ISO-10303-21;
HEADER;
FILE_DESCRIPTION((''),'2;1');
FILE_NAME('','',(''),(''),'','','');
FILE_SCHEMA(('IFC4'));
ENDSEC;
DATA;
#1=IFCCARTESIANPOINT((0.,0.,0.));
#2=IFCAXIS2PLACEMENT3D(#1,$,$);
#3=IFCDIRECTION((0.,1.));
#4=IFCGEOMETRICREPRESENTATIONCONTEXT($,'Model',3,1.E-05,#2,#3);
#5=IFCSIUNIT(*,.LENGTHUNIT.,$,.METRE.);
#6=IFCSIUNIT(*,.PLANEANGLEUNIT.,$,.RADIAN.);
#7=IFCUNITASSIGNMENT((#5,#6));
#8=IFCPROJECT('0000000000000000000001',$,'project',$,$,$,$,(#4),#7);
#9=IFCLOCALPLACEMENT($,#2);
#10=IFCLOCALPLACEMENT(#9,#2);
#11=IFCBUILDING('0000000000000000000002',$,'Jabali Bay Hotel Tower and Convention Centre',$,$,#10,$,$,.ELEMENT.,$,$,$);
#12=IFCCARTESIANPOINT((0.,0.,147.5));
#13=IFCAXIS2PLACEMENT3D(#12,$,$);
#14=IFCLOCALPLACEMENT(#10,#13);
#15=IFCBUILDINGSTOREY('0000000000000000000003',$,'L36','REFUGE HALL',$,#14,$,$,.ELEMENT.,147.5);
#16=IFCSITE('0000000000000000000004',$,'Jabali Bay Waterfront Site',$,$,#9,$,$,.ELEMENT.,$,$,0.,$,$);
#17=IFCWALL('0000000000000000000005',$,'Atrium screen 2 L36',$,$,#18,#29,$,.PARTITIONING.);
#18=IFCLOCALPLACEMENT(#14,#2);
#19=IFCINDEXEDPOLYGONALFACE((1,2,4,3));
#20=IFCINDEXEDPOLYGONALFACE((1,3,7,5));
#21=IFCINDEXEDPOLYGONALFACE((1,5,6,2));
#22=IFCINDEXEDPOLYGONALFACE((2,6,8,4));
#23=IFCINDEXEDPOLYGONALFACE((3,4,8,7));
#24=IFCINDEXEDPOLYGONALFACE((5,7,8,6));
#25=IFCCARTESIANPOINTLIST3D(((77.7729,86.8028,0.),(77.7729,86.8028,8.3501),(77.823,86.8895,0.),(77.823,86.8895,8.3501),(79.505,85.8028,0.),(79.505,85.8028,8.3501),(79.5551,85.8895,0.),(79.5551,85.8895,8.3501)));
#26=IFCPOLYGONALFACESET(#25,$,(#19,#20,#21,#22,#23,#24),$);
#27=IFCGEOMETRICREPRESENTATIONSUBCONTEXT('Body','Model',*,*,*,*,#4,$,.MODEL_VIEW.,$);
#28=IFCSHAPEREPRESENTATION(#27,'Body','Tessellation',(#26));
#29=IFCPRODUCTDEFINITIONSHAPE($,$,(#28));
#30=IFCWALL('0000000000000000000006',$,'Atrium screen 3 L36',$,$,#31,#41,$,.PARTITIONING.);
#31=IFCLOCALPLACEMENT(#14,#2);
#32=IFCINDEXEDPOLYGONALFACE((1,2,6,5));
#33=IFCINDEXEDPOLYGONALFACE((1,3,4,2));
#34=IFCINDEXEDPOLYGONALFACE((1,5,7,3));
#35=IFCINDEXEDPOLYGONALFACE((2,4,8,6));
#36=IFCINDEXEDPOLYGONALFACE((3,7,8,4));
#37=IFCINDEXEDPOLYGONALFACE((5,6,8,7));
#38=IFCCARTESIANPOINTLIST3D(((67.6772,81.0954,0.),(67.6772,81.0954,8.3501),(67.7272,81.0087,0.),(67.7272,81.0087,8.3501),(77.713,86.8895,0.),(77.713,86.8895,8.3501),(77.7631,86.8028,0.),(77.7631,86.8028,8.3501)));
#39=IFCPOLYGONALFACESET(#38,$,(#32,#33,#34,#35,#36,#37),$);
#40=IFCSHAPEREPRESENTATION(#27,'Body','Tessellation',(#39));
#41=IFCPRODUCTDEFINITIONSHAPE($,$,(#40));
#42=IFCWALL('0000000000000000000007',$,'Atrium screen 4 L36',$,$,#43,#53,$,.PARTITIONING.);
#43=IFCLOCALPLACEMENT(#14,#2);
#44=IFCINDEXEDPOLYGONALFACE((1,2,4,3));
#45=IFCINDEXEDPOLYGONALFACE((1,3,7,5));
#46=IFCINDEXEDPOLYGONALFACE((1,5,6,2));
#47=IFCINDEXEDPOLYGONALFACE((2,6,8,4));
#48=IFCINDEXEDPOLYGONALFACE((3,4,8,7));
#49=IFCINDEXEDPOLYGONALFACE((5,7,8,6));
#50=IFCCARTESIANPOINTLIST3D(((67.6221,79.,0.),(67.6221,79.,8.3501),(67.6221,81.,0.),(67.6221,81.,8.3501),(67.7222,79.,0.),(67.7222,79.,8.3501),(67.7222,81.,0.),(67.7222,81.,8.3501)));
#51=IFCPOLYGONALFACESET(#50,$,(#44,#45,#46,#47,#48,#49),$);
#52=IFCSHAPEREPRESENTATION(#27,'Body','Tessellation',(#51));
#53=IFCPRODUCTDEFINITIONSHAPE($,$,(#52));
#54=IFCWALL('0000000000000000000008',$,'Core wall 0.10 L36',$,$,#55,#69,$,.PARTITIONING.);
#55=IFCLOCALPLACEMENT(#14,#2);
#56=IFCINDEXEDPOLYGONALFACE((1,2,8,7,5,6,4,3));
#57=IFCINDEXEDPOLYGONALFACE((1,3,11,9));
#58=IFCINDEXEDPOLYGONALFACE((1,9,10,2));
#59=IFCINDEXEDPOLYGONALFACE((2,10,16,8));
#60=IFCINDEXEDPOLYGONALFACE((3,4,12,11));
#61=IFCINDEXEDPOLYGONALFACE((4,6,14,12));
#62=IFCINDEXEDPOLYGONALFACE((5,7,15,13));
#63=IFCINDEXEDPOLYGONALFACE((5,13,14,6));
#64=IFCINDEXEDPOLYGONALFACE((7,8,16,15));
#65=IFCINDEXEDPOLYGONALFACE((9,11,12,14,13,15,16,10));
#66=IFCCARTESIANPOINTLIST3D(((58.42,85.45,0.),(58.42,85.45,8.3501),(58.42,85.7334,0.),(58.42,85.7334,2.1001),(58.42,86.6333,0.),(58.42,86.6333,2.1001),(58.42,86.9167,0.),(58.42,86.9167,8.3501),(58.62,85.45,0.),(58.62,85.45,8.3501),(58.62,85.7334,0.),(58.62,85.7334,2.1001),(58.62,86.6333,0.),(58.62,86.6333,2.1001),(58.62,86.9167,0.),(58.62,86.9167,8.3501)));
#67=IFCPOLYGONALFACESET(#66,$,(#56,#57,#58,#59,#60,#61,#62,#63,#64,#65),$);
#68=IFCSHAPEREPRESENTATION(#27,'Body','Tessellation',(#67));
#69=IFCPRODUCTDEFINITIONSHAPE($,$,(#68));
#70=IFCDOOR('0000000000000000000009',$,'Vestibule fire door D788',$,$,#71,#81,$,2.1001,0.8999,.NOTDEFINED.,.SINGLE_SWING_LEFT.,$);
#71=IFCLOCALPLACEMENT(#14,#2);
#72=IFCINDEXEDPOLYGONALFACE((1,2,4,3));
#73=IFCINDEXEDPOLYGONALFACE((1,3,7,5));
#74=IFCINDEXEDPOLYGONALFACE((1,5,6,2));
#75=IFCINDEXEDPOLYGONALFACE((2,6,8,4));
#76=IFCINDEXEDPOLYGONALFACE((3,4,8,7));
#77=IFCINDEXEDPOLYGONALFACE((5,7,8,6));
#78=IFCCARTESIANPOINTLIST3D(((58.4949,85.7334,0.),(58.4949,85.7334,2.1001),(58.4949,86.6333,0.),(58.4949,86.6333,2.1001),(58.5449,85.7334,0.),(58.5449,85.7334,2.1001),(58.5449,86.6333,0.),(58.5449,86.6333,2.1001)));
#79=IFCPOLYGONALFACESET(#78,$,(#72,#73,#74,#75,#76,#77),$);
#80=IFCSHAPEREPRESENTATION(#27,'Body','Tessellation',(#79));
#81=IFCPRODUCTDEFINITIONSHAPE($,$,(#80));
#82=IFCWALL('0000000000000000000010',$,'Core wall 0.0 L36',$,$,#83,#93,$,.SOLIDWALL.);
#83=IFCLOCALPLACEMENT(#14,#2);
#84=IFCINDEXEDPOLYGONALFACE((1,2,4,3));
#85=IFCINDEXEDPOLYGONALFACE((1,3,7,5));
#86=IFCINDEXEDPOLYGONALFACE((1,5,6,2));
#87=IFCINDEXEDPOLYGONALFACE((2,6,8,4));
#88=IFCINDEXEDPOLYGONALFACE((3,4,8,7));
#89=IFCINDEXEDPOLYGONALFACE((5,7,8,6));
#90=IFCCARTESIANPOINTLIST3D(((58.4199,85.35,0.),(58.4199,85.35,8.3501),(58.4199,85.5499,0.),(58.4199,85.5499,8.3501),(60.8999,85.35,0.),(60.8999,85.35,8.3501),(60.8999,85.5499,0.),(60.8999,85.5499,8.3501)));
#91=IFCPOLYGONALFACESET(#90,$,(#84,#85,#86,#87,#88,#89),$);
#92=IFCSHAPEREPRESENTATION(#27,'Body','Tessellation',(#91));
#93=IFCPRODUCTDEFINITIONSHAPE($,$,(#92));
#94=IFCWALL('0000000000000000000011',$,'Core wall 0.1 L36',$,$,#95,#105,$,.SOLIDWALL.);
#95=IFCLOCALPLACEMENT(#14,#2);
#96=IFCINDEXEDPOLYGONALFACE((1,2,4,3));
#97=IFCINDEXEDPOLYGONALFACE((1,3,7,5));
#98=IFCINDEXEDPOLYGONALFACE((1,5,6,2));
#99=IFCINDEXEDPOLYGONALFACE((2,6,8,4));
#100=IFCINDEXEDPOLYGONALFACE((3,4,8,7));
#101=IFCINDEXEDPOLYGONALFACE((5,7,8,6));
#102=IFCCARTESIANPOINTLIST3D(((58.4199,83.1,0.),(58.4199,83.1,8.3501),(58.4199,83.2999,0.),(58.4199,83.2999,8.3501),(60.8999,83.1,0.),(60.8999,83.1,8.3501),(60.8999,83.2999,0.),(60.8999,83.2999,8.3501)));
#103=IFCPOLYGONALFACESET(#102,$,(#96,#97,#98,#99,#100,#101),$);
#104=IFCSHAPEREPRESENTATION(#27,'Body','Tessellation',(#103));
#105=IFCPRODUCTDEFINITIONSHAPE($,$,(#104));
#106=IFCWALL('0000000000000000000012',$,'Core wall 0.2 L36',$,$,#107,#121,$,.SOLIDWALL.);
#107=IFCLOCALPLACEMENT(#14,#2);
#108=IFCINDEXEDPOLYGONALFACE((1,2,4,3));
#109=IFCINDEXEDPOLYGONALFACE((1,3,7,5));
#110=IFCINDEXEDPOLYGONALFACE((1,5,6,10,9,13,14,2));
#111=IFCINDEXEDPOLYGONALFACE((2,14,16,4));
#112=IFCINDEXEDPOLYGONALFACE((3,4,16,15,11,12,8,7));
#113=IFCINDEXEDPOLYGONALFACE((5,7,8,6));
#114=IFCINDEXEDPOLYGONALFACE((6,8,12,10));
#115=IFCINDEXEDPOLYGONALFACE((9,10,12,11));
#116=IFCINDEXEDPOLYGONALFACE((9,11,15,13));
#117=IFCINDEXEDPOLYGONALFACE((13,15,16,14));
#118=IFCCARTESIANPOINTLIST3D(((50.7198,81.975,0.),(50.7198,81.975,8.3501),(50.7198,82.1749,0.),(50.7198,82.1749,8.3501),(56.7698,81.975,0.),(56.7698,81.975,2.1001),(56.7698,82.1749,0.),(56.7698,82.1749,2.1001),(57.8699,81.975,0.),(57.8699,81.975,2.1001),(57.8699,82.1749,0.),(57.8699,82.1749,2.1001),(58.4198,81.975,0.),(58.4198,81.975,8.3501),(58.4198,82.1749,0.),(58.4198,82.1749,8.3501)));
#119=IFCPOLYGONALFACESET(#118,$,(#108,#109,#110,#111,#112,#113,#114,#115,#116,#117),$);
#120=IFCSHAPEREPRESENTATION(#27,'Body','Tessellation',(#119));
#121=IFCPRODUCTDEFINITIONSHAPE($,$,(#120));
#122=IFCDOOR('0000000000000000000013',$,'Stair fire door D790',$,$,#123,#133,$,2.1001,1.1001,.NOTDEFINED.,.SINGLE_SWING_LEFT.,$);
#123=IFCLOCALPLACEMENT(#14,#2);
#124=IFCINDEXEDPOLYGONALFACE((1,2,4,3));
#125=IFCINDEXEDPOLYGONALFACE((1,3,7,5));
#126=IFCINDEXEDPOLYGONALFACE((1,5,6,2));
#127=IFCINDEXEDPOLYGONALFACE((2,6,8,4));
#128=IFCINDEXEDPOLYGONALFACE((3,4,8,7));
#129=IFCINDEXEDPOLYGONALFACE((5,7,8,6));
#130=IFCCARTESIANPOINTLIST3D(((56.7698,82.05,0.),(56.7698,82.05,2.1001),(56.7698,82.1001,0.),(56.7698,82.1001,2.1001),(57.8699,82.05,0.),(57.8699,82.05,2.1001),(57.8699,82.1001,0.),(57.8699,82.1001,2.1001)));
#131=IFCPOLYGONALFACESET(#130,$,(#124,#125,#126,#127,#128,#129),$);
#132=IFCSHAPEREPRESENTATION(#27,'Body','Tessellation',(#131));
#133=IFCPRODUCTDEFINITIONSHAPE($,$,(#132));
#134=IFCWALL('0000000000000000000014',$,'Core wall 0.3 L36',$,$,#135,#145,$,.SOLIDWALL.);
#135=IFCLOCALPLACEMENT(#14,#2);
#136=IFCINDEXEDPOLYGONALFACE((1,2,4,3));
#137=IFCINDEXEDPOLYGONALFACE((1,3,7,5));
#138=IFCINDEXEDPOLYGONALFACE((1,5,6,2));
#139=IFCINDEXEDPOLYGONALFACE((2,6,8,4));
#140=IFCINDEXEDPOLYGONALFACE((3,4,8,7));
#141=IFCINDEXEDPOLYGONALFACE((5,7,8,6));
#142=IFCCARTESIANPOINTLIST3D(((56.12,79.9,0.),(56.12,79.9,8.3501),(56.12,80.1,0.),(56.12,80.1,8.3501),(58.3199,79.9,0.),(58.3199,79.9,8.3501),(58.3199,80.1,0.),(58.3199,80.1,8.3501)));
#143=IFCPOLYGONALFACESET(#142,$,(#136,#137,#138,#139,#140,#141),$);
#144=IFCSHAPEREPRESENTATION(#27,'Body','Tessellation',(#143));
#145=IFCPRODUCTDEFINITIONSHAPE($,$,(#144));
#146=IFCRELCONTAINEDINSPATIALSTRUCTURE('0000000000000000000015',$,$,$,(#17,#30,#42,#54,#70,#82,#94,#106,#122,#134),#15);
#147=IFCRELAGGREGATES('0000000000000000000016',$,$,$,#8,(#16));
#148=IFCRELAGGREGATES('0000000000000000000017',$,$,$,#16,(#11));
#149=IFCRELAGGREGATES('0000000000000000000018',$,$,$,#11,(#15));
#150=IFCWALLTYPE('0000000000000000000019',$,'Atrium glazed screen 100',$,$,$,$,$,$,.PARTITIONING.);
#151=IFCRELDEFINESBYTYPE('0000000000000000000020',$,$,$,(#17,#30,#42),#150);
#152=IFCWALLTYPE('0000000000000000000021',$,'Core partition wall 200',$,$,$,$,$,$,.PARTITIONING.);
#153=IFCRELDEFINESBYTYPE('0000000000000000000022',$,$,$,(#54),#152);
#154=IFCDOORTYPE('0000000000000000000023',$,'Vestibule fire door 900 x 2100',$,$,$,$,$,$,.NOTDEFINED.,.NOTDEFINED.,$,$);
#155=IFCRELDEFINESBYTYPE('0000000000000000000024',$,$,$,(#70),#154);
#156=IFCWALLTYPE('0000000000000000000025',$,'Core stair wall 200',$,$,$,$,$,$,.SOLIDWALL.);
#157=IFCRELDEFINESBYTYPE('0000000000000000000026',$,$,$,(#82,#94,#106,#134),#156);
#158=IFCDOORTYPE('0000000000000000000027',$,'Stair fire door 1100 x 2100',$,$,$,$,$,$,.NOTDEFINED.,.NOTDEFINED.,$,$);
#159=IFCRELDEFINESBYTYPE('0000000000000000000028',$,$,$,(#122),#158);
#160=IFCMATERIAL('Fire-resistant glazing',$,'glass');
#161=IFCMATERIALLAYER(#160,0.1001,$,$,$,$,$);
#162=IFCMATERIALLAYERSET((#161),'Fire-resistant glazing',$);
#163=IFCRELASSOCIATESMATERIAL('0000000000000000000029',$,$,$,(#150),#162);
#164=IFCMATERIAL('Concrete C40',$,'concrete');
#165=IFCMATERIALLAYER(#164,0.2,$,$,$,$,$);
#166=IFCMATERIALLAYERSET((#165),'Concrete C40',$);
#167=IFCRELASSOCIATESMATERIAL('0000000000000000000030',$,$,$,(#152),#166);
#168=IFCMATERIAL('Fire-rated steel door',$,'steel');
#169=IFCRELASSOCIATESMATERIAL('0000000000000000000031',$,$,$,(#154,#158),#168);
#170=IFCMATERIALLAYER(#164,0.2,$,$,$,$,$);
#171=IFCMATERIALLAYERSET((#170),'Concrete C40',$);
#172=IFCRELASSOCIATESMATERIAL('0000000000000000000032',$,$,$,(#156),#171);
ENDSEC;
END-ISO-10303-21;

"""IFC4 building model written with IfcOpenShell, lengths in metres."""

from ifc_helpers import new_model, si_unit, direction, frame, frame_2d, origin, place, context, subcontext, project, spatial, rectangle, extrude, material, layer, layer_set, type_object, element, fill, save


model = new_model("IFC4")

# Units and contexts
model_context = context("Model", 3, precision=1e-05, world=origin(), true_north=direction((0.0, 1.0)))
body_context = subcontext(model_context, "Body", "Model", "MODEL_VIEW")
ifc_project = project(units=[si_unit("LENGTHUNIT", "METRE"), si_unit("PLANEANGLEUNIT", "RADIAN")], contexts=[model_context])

# Site, building, storey
site_placement = place(None, origin())
site = spatial("IfcSite", under=ifc_project, at=site_placement, Name="Jabali Bay Waterfront Site", CompositionType="ELEMENT", RefElevation=0.0)
building_placement = place(site_placement, origin())
building = spatial("IfcBuilding", under=site, at=building_placement, Name="Jabali Bay Hotel Tower and Convention Centre", CompositionType="ELEMENT")
storey_placement = place(building_placement, frame((0.0, 0.0, 147.5)))
storey = spatial("IfcBuildingStorey", under=building, at=storey_placement, Name="L36", Description="REFUGE HALL", CompositionType="ELEMENT", Elevation=147.5)

# Walls
ifc_material_1 = material(Name="Fire-resistant glazing", Category="glass")
ifc_layer_1 = layer(ifc_material_1, 0.1001)
ifc_layer_set_1 = layer_set([ifc_layer_1], Name="Fire-resistant glazing")
wall_type_1 = type_object("IfcWallType", Name="Atrium glazed screen 100", PredefinedType="PARTITIONING", material=ifc_layer_set_1)
wall_1_placement = place(storey_placement, frame((79.53, 85.8462, 0.0), z_axis=(0.0, 0.0, 1.0), x_axis=(-0.866041, 0.499973, 0.0)))
element("IfcWall", 1, at=wall_1_placement, inside=storey, type_object=wall_type_1, Name="Atrium screen 2 L36", PredefinedType="PARTITIONING", context=body_context, shape_type="SweptSolid", body=[
    extrude(rectangle(XDim=2.0, YDim=0.1001, at=frame_2d((1.0, 0.0))), origin(), (0.0, 0.0, 1.0), 8.3501),
])
wall_2_placement = place(storey_placement, frame((77.738, 86.8462, 0.0), z_axis=(0.0, 0.0, 1.0), x_axis=(-0.866027, -0.499998, 0.0)))
element("IfcWall", 2, at=wall_2_placement, inside=storey, type_object=wall_type_1, Name="Atrium screen 3 L36", PredefinedType="PARTITIONING", context=body_context, shape_type="SweptSolid", body=[
    extrude(rectangle(XDim=11.5884, YDim=0.1001, at=frame_2d((5.7942, 0.0))), origin(), (0.0, 0.0, 1.0), 8.3501),
])
wall_3_placement = place(storey_placement, frame((67.6721, 81.0, 0.0), z_axis=(0.0, 0.0, 1.0), x_axis=(0.0, -1.0, 0.0)))
element("IfcWall", 3, at=wall_3_placement, inside=storey, type_object=wall_type_1, Name="Atrium screen 4 L36", PredefinedType="PARTITIONING", context=body_context, shape_type="SweptSolid", body=[
    extrude(rectangle(XDim=2.0, YDim=0.1001, at=frame_2d((1.0, 0.0))), origin(), (0.0, 0.0, 1.0), 8.3501),
])

# Wall, opening, door
ifc_material_2 = material(Name="Concrete C40", Category="concrete")
ifc_layer_2 = layer(ifc_material_2, 0.2)
ifc_layer_set_2 = layer_set([ifc_layer_2], Name="Concrete C40")
wall_type_2 = type_object("IfcWallType", Name="Core partition wall 200", PredefinedType="PARTITIONING", material=ifc_layer_set_2)
wall_4_placement = place(storey_placement, frame((58.52, 86.9167, 0.0), z_axis=(0.0, 0.0, 1.0), x_axis=(0.0, -1.0, 0.0)))
wall_4 = element("IfcWall", 4, at=wall_4_placement, inside=storey, type_object=wall_type_2, Name="Core wall 0.10 L36", PredefinedType="PARTITIONING", context=body_context, shape_type="SweptSolid", body=[
    extrude(rectangle(XDim=1.4668, YDim=0.2, at=frame_2d((0.7334, 0.0))), origin(), (0.0, 0.0, 1.0), 8.3501),
])
opening_1_placement = place(wall_4_placement, frame((0.2834, 0.0, 0.0)))
opening_1 = element("IfcOpeningElement", 5, at=opening_1_placement, cuts=wall_4, PredefinedType="OPENING", context=body_context, shape_type="SweptSolid", body=[
    extrude(rectangle(XDim=0.8999, YDim=2.1001, at=frame_2d((0.45, 1.05))), frame((0.0, 0.1104, 0.0), z_axis=(0.0, -1.0, 0.0), x_axis=(1.0, 0.0, 0.0)), (0.0, 0.0, 1.0), 0.2209),
])
ifc_material_3 = material(Name="Fire-rated steel door", Category="steel")
door_type_1 = type_object("IfcDoorType", Name="Vestibule fire door 900 x 2100", OperationType="NOTDEFINED", PredefinedType="NOTDEFINED", material=ifc_material_3)
door_1_placement = place(opening_1_placement, origin())
door_1 = element("IfcDoor", 6, at=door_1_placement, inside=storey, type_object=door_type_1, Name="Vestibule fire door D788", OperationType="SINGLE_SWING_LEFT", OverallHeight=2.1001, OverallWidth=0.8999, PredefinedType="NOTDEFINED", context=body_context, shape_type="SweptSolid", body=[
    extrude(rectangle(XDim=0.8999, YDim=2.1001, at=frame_2d((0.45, 1.05))), frame((0.0, 0.0249, 0.0), z_axis=(0.0, -1.0, 0.0), x_axis=(1.0, 0.0, 0.0)), (0.0, 0.0, 1.0), 0.05),
])
fill(opening_1, door_1)

# Walls
ifc_layer_3 = layer(ifc_material_2, 0.2)
ifc_layer_set_3 = layer_set([ifc_layer_3], Name="Concrete C40")
wall_type_3 = type_object("IfcWallType", Name="Core stair wall 200", PredefinedType="SOLIDWALL", material=ifc_layer_set_3)
for number, where, z_axis, x_axis, name in (
    (7, (60.8999, 85.45, 0.0), (0.0, 0.0, 1.0), (-1.0, 0.0, 0.0), "Core wall 0.0 L36"),
    (8, (60.8999, 83.2, 0.0), (0.0, 0.0, 1.0), (-1.0, 0.0, 0.0), "Core wall 0.1 L36"),
):
    element("IfcWall", number, at=place(storey_placement, frame(where, z_axis=z_axis, x_axis=x_axis)), inside=storey, type_object=wall_type_3, Name=name, PredefinedType="SOLIDWALL", context=body_context, shape_type="SweptSolid", body=[
        extrude(rectangle(XDim=2.48, YDim=0.2, at=frame_2d((1.24, 0.0))), origin(), (0.0, 0.0, 1.0), 8.3501),
    ])

# Wall, opening, door
wall_5_placement = place(storey_placement, frame((58.4199, 82.075, 0.0), z_axis=(0.0, 0.0, 1.0), x_axis=(-1.0, 0.0, 0.0)))
wall_5 = element("IfcWall", 9, at=wall_5_placement, inside=storey, type_object=wall_type_3, Name="Core wall 0.2 L36", PredefinedType="SOLIDWALL", context=body_context, shape_type="SweptSolid", body=[
    extrude(rectangle(XDim=7.7, YDim=0.2, at=frame_2d((3.8501, 0.0))), origin(), (0.0, 0.0, 1.0), 8.3501),
])
opening_2_placement = place(wall_5_placement, frame((0.55, 0.0, 0.0)))
opening_2 = element("IfcOpeningElement", 10, at=opening_2_placement, cuts=wall_5, PredefinedType="OPENING", context=body_context, shape_type="SweptSolid", body=[
    extrude(rectangle(XDim=1.1001, YDim=2.1001, at=frame_2d((0.55, 1.05))), frame((0.0, 0.1104, 0.0), z_axis=(0.0, -1.0, 0.0), x_axis=(1.0, 0.0, 0.0)), (0.0, 0.0, 1.0), 0.2209),
])
door_type_2 = type_object("IfcDoorType", Name="Stair fire door 1100 x 2100", OperationType="NOTDEFINED", PredefinedType="NOTDEFINED", material=ifc_material_3)
door_2_placement = place(opening_2_placement, origin())
door_2 = element("IfcDoor", 11, at=door_2_placement, inside=storey, type_object=door_type_2, Name="Stair fire door D790", OperationType="SINGLE_SWING_LEFT", OverallHeight=2.1001, OverallWidth=1.1001, PredefinedType="NOTDEFINED", context=body_context, shape_type="SweptSolid", body=[
    extrude(rectangle(XDim=1.1001, YDim=2.1001, at=frame_2d((0.55, 1.05))), frame((0.0, 0.0249, 0.0), z_axis=(0.0, -1.0, 0.0), x_axis=(1.0, 0.0, 0.0)), (0.0, 0.0, 1.0), 0.05),
])
fill(opening_2, door_2)

# Wall
wall_6_placement = place(storey_placement, frame((58.3201, 80.0, 0.0), z_axis=(0.0, 0.0, 1.0), x_axis=(-1.0, 0.0, 0.0)))
element("IfcWall", 12, at=wall_6_placement, inside=storey, type_object=wall_type_3, Name="Core wall 0.3 L36", PredefinedType="SOLIDWALL", context=body_context, shape_type="SweptSolid", body=[
    extrude(rectangle(XDim=2.2, YDim=0.2, at=frame_2d((1.1001, 0.0))), origin(), (0.0, 0.0, 1.0), 8.3501),
])

save(model, "model.ifc")
